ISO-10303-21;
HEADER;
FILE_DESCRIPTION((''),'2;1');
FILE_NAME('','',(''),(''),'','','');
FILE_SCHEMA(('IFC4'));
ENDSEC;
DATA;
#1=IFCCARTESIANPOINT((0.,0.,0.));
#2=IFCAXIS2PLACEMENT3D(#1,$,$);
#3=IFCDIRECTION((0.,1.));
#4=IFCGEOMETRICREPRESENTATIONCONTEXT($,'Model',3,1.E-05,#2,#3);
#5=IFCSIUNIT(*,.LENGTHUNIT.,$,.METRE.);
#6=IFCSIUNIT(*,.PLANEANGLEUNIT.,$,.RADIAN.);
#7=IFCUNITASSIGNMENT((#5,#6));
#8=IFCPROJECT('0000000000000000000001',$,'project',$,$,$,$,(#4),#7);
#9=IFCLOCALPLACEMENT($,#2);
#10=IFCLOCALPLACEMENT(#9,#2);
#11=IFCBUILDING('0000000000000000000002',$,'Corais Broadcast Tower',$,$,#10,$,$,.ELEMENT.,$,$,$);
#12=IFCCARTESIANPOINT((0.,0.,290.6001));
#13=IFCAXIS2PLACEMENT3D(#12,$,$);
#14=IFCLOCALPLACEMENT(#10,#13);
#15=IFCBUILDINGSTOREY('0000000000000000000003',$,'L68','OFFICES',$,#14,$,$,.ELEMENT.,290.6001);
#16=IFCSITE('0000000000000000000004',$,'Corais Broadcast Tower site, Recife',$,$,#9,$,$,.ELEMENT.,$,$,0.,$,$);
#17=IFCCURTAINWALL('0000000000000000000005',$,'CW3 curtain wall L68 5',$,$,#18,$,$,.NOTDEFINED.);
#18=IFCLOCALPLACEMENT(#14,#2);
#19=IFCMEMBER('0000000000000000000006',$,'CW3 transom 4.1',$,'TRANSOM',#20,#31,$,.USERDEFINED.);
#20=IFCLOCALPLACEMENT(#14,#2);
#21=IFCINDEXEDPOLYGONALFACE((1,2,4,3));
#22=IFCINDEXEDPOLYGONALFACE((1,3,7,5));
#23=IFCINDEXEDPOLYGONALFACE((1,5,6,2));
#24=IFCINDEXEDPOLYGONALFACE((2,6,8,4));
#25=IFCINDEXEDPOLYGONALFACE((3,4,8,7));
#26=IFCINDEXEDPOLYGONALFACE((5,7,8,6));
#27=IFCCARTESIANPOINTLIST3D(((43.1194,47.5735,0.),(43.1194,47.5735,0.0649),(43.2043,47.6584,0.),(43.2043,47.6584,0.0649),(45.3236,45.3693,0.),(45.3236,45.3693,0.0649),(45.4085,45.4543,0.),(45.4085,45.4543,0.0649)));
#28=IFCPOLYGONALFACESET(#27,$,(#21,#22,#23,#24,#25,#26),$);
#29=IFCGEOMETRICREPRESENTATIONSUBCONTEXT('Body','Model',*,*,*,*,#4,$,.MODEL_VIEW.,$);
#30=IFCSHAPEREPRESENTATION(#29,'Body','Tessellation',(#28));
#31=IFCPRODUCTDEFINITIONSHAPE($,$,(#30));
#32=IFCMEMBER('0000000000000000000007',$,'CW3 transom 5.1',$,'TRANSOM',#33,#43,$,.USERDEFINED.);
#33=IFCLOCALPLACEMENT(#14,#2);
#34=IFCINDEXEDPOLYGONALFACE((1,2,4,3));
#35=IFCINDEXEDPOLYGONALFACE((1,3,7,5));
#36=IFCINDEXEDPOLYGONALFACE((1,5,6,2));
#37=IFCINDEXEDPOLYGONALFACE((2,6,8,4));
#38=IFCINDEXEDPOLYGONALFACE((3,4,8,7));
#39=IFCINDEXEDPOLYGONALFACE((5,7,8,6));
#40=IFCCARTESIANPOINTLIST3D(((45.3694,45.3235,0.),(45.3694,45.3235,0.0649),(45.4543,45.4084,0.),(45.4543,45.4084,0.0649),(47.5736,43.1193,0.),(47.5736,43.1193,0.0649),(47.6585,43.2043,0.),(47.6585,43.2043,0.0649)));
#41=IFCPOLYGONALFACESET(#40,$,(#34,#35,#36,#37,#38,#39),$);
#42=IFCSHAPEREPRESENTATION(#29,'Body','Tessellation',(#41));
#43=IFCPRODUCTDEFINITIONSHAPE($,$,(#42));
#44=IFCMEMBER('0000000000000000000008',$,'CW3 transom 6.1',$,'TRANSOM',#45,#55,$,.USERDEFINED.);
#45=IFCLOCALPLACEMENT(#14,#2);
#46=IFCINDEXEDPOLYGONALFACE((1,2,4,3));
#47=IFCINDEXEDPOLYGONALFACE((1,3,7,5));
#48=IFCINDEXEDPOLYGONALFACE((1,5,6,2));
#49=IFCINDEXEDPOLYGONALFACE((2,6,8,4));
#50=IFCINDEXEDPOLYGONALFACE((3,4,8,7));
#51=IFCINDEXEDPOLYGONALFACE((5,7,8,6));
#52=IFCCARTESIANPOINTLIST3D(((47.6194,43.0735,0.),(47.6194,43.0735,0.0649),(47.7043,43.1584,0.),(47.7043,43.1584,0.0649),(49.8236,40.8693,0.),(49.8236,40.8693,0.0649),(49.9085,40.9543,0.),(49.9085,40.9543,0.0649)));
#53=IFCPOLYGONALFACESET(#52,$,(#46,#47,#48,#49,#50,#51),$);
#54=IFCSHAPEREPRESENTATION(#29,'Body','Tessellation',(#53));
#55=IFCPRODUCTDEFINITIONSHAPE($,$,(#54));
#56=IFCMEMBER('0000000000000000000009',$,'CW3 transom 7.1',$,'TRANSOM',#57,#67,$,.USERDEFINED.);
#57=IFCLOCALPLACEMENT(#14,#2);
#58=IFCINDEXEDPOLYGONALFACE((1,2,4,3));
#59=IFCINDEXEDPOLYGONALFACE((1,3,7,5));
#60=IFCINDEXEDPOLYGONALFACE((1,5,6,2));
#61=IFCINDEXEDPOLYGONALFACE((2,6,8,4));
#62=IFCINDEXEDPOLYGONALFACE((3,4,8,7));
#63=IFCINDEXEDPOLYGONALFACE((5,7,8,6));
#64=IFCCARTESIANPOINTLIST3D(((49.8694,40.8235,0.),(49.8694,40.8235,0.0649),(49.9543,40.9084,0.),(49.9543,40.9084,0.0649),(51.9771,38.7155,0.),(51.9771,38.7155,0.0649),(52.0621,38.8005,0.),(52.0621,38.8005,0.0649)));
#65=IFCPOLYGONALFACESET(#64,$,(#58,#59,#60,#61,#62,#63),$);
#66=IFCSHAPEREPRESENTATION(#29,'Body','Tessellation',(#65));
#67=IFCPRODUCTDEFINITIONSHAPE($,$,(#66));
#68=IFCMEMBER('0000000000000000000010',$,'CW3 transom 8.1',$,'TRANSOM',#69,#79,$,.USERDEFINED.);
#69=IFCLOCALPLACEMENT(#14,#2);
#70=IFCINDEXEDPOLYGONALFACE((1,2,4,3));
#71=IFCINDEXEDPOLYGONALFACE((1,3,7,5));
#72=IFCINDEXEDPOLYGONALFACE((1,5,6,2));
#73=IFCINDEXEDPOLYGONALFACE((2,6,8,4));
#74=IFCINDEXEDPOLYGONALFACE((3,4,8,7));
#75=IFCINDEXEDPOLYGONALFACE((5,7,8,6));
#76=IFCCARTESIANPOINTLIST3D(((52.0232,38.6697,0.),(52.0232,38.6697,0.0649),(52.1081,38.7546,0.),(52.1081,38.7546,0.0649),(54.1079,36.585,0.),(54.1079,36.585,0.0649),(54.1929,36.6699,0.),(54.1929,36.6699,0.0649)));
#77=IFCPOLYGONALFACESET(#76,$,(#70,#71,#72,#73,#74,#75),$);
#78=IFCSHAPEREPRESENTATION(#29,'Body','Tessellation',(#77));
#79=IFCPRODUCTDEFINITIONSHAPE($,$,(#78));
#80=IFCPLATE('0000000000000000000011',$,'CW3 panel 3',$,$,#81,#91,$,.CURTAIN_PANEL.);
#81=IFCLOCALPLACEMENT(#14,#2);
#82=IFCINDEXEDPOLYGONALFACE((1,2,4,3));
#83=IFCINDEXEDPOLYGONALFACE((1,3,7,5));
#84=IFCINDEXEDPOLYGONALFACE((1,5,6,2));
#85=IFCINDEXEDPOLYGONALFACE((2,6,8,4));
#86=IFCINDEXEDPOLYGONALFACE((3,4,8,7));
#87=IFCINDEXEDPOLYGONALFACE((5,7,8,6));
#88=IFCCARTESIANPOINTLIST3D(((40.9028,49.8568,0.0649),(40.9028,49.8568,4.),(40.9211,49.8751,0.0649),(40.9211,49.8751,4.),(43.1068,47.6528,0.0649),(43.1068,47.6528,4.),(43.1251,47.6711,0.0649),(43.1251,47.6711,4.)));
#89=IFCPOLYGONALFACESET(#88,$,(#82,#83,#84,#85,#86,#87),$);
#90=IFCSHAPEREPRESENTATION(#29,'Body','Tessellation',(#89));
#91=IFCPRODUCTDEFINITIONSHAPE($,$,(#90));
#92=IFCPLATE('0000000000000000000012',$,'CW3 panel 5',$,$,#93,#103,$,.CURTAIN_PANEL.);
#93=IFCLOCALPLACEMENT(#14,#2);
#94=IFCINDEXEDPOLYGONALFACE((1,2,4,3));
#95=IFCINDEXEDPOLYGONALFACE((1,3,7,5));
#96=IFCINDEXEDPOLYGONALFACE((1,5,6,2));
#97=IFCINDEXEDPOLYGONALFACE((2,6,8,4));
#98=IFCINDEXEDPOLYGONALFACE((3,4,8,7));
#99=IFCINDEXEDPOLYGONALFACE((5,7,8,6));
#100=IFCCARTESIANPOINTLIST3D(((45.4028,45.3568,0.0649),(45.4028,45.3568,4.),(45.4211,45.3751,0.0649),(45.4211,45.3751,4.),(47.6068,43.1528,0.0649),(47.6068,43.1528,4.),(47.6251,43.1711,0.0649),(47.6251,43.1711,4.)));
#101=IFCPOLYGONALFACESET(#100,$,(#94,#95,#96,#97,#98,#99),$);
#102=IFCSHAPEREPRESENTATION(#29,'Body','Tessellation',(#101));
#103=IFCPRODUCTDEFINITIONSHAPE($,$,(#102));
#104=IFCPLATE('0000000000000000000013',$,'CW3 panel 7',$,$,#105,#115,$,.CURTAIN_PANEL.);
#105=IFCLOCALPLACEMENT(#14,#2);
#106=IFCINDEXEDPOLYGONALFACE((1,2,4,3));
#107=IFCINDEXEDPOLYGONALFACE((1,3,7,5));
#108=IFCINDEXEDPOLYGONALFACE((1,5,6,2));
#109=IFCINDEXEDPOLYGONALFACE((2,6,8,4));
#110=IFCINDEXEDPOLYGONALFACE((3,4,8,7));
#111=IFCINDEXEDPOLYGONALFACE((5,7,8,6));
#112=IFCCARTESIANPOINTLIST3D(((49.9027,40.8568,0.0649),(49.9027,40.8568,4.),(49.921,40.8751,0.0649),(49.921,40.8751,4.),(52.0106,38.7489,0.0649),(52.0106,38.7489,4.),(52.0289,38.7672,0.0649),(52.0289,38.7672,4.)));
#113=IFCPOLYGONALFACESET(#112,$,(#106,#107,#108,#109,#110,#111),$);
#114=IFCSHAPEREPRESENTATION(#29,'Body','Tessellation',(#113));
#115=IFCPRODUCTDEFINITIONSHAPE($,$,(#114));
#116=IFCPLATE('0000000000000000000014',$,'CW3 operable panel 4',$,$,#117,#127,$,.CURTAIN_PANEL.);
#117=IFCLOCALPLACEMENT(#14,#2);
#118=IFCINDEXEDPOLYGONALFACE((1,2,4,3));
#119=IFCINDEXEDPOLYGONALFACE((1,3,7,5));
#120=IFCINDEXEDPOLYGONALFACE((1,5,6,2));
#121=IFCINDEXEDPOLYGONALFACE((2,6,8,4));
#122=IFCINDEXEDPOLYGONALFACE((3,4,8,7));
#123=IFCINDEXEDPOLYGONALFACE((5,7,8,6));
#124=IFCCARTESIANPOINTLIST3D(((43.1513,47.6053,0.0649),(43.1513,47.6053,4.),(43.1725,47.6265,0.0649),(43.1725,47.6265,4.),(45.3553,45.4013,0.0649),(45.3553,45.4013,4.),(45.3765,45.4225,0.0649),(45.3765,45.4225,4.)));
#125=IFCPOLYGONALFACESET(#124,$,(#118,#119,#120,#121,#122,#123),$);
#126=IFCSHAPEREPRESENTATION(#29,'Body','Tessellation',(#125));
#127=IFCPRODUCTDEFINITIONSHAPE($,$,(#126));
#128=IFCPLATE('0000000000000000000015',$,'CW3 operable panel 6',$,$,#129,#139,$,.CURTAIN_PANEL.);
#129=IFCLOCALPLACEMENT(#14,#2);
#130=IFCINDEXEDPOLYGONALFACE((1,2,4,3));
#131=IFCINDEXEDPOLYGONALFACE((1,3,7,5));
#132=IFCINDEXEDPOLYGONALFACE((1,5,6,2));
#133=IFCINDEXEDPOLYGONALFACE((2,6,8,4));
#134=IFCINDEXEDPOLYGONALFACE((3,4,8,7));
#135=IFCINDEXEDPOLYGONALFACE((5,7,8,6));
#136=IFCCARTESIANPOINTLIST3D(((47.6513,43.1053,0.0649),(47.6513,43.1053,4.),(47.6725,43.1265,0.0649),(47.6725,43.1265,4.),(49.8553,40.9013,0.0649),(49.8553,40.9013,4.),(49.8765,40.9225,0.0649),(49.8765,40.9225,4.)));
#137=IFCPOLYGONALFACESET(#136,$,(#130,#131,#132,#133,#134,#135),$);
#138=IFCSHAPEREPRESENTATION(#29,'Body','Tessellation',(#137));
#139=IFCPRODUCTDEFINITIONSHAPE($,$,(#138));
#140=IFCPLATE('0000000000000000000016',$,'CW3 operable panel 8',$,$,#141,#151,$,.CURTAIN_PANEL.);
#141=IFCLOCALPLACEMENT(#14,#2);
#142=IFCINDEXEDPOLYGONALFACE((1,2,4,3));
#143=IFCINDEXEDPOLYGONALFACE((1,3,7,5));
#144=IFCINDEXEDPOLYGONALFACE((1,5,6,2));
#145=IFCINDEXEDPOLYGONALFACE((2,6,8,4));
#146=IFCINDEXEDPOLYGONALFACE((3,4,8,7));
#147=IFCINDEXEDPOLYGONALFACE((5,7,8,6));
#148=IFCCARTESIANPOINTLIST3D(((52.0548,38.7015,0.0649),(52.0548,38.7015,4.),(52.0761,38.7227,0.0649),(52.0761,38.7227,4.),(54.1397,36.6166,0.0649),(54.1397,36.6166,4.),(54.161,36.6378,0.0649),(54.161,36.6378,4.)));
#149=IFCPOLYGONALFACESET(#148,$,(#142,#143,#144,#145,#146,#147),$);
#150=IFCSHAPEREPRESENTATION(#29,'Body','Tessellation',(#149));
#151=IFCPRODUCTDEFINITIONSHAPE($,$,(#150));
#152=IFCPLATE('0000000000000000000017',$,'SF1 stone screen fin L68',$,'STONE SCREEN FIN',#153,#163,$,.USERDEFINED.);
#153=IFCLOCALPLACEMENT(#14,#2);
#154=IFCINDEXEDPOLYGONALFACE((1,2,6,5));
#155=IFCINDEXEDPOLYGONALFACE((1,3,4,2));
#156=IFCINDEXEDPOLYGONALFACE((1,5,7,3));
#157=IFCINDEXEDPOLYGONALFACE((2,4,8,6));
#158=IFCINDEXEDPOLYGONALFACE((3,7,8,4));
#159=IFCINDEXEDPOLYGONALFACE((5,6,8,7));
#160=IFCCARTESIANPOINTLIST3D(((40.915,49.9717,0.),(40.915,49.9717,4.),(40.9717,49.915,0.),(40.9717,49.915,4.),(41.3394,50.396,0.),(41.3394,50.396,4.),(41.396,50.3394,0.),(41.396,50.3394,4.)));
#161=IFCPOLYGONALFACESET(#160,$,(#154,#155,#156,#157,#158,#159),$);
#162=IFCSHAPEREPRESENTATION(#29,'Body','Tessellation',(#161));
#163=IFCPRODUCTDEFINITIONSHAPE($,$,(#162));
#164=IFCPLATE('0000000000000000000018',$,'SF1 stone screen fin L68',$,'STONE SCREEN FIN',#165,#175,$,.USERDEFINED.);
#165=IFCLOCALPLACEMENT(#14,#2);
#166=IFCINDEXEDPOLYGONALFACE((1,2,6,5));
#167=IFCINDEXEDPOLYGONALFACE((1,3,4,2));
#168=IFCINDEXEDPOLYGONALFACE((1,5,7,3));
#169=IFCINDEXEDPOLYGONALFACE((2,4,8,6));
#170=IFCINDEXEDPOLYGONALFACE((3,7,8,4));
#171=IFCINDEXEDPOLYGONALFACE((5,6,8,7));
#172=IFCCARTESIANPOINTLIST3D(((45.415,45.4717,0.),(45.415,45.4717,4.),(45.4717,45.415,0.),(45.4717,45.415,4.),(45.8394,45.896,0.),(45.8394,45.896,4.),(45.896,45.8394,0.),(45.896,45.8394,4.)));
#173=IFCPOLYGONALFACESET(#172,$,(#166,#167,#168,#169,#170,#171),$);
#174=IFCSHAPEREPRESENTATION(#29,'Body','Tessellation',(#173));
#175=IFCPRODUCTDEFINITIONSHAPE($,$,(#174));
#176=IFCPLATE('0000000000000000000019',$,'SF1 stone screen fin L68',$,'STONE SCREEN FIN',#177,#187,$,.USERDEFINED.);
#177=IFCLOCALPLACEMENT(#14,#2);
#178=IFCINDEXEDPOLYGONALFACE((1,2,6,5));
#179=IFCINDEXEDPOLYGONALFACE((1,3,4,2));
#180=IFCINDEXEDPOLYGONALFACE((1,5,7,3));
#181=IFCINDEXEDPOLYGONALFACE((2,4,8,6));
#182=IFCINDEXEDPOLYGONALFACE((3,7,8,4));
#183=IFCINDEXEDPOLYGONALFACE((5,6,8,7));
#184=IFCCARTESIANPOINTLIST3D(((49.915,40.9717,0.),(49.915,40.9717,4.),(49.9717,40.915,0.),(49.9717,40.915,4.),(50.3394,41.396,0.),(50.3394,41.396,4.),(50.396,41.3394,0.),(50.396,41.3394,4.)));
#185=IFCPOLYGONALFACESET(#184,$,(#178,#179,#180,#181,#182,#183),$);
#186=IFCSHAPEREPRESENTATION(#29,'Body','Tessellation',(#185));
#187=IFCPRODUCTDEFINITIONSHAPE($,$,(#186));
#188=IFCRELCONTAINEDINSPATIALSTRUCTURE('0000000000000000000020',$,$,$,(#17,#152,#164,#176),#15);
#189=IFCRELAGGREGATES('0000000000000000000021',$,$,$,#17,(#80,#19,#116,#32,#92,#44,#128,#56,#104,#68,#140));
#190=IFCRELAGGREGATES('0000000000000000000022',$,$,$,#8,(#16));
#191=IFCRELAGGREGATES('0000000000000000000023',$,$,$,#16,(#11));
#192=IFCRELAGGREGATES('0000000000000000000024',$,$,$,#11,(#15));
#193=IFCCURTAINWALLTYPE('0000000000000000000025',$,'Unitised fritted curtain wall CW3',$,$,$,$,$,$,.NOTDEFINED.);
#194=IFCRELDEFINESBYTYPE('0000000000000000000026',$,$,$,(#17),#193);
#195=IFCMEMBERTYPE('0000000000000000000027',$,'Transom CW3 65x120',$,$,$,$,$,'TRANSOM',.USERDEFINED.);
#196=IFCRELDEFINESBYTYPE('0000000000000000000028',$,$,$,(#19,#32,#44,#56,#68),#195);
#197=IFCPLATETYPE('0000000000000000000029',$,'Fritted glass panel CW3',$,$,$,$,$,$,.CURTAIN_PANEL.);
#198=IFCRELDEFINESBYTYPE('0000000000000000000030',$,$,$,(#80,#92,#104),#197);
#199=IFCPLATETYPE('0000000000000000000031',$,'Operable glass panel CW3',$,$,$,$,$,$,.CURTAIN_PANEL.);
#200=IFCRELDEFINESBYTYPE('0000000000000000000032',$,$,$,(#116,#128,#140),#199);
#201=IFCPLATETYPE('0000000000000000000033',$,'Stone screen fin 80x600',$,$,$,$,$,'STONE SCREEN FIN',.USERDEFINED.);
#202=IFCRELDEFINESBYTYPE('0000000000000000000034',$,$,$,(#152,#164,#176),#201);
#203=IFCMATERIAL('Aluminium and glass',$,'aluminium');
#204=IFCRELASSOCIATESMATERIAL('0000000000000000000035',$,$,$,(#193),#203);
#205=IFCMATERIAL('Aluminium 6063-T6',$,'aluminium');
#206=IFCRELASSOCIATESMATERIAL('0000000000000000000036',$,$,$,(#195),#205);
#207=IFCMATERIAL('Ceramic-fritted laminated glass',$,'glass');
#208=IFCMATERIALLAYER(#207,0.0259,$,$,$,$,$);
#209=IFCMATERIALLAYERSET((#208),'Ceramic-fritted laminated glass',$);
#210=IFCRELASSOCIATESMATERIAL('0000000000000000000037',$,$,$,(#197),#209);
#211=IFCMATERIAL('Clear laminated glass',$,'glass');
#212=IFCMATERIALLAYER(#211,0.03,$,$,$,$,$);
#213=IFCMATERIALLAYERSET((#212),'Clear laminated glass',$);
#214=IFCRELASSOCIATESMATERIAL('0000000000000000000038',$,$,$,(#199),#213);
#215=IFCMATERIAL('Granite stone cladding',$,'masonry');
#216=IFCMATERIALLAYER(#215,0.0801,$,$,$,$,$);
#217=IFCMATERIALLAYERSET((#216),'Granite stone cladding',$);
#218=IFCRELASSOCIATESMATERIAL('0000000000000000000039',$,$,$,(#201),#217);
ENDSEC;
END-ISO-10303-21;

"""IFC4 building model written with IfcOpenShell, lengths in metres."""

from ifc_helpers import new_model, si_unit, direction, frame, origin, origin_2d, place, context, subcontext, project, spatial, rectangle, extrude, material, layer, layer_set, material_profile, profile_set, type_object, element, aggregate, save


model = new_model("IFC4")

# Units and contexts
model_context = context("Model", 3, precision=1e-05, world=origin(), true_north=direction((0.0, 1.0)))
body_context = subcontext(model_context, "Body", "Model", "MODEL_VIEW")
ifc_project = project(units=[si_unit("LENGTHUNIT", "METRE"), si_unit("PLANEANGLEUNIT", "RADIAN")], contexts=[model_context])

# Site, building, storey
site_placement = place(None, origin())
site = spatial("IfcSite", under=ifc_project, at=site_placement, Name="Corais Broadcast Tower site, Recife", CompositionType="ELEMENT", RefElevation=0.0)
building_placement = place(site_placement, origin())
building = spatial("IfcBuilding", under=site, at=building_placement, Name="Corais Broadcast Tower", CompositionType="ELEMENT")
storey_placement = place(building_placement, frame((0.0, 0.0, 290.6001)))
storey = spatial("IfcBuildingStorey", under=building, at=storey_placement, Name="L68", Description="OFFICES", CompositionType="ELEMENT", Elevation=290.6001)

# Curtain wall
ifc_material_1 = material(Name="Aluminium and glass", Category="aluminium")
curtain_wall_type = type_object("IfcCurtainWallType", Name="Unitised fritted curtain wall CW3", PredefinedType="NOTDEFINED", material=ifc_material_1)
curtain_wall_placement = place(storey_placement, origin())
curtain_wall = element("IfcCurtainWall", 1, at=curtain_wall_placement, inside=storey, type_object=curtain_wall_type, Name="CW3 curtain wall L68 5", PredefinedType="NOTDEFINED")

# Members
ifc_material_2 = material(Name="Aluminium 6063-T6", Category="aluminium")
ifc_material_profile_1 = material_profile(ifc_material_2, rectangle(XDim=0.1201, YDim=0.0649, at=origin_2d()), Name="Transom CW3 65x120")
ifc_profile_set_1 = profile_set([ifc_material_profile_1], Name="Aluminium 6063-T6")
member_type_1 = type_object("IfcMemberType", Name="Transom CW3 65x120", ElementType="TRANSOM", PredefinedType="USERDEFINED", material=ifc_profile_set_1)
member_1_placement = place(storey_placement, frame((43.1619, 47.616, 0.0325), z_axis=(0.707107, -0.707107, 0.0), x_axis=(0.707107, 0.707107, 0.0)))
member_1 = element("IfcMember", 2, at=member_1_placement, type_object=member_type_1, Name="CW3 transom 4.1", ObjectType="TRANSOM", PredefinedType="USERDEFINED", context=body_context, shape_type="SweptSolid", body=[
    extrude(rectangle(XDim=0.1201, YDim=0.0649, at=origin_2d()), origin(), (0.0, 0.0, 1.0), 3.1172),
])
member_2_placement = place(storey_placement, frame((45.4119, 45.366, 0.0325), z_axis=(0.707107, -0.707107, 0.0), x_axis=(0.707107, 0.707107, 0.0)))
member_2 = element("IfcMember", 3, at=member_2_placement, type_object=member_type_1, Name="CW3 transom 5.1", ObjectType="TRANSOM", PredefinedType="USERDEFINED", context=body_context, shape_type="SweptSolid", body=[
    extrude(rectangle(XDim=0.1201, YDim=0.0649, at=origin_2d()), origin(), (0.0, 0.0, 1.0), 3.1172),
])
member_3_placement = place(storey_placement, frame((47.6619, 43.116, 0.0325), z_axis=(0.707107, -0.707107, 0.0), x_axis=(0.707107, 0.707107, 0.0)))
member_3 = element("IfcMember", 4, at=member_3_placement, type_object=member_type_1, Name="CW3 transom 6.1", ObjectType="TRANSOM", PredefinedType="USERDEFINED", context=body_context, shape_type="SweptSolid", body=[
    extrude(rectangle(XDim=0.1201, YDim=0.0649, at=origin_2d()), origin(), (0.0, 0.0, 1.0), 3.1172),
])
member_4_placement = place(storey_placement, frame((49.9119, 40.866, 0.0325), z_axis=(0.707066, -0.707148, 0.0), x_axis=(0.707148, 0.707066, 0.0)))
member_4 = element("IfcMember", 5, at=member_4_placement, type_object=member_type_1, Name="CW3 transom 7.1", ObjectType="TRANSOM", PredefinedType="USERDEFINED", context=body_context, shape_type="SweptSolid", body=[
    extrude(rectangle(XDim=0.1201, YDim=0.0649, at=origin_2d()), origin(), (0.0, 0.0, 1.0), 2.981),
])
member_5_placement = place(storey_placement, frame((52.0657, 38.7122, 0.0325), z_axis=(0.707107, -0.707107, 0.0), x_axis=(0.707107, 0.707107, 0.0)))
member_5 = element("IfcMember", 6, at=member_5_placement, type_object=member_type_1, Name="CW3 transom 8.1", ObjectType="TRANSOM", PredefinedType="USERDEFINED", context=body_context, shape_type="SweptSolid", body=[
    extrude(rectangle(XDim=0.1201, YDim=0.0649, at=origin_2d()), origin(), (0.0, 0.0, 1.0), 2.9482),
])

# Plates
ifc_material_3 = material(Name="Ceramic-fritted laminated glass", Category="glass")
ifc_layer_1 = layer(ifc_material_3, 0.0259)
ifc_layer_set_1 = layer_set([ifc_layer_1], Name="Ceramic-fritted laminated glass")
plate_type_1 = type_object("IfcPlateType", Name="Fritted glass panel CW3", PredefinedType="CURTAIN_PANEL", material=ifc_layer_set_1)
plate_1_placement = place(storey_placement, frame((42.0139, 48.7639, 0.0649), z_axis=(0.0, 0.0, 1.0), x_axis=(0.707107, -0.707107, 0.0)))
plate_1 = element("IfcPlate", 7, at=plate_1_placement, type_object=plate_type_1, Name="CW3 panel 3", PredefinedType="CURTAIN_PANEL", context=body_context, shape_type="SweptSolid", body=[
    extrude(rectangle(XDim=3.1169, YDim=0.0259, at=origin_2d()), origin(), (0.0, 0.0, 1.0), 3.9351),
])
plate_2_placement = place(storey_placement, frame((46.5139, 44.2639, 0.0649), z_axis=(0.0, 0.0, 1.0), x_axis=(0.707107, -0.707107, 0.0)))
plate_2 = element("IfcPlate", 8, at=plate_2_placement, type_object=plate_type_1, Name="CW3 panel 5", PredefinedType="CURTAIN_PANEL", context=body_context, shape_type="SweptSolid", body=[
    extrude(rectangle(XDim=3.1169, YDim=0.0259, at=origin_2d()), origin(), (0.0, 0.0, 1.0), 3.9351),
])
plate_3_placement = place(storey_placement, frame((50.9658, 39.812, 0.0649), z_axis=(0.0, 0.0, 1.0), x_axis=(0.707107, -0.707107, 0.0)))
plate_3 = element("IfcPlate", 9, at=plate_3_placement, type_object=plate_type_1, Name="CW3 panel 7", PredefinedType="CURTAIN_PANEL", context=body_context, shape_type="SweptSolid", body=[
    extrude(rectangle(XDim=2.981, YDim=0.0259, at=origin_2d()), origin(), (0.0, 0.0, 1.0), 3.9351),
])
ifc_material_4 = material(Name="Clear laminated glass", Category="glass")
ifc_layer_2 = layer(ifc_material_4, 0.03)
ifc_layer_set_2 = layer_set([ifc_layer_2], Name="Clear laminated glass")
plate_type_2 = type_object("IfcPlateType", Name="Operable glass panel CW3", PredefinedType="CURTAIN_PANEL", material=ifc_layer_set_2)
plate_4_placement = place(storey_placement, frame((44.2639, 46.5139, 0.0649), z_axis=(0.0, 0.0, 1.0), x_axis=(0.707107, -0.707107, 0.0)))
plate_4 = element("IfcPlate", 10, at=plate_4_placement, type_object=plate_type_2, Name="CW3 operable panel 4", PredefinedType="CURTAIN_PANEL", context=body_context, shape_type="SweptSolid", body=[
    extrude(rectangle(XDim=3.1169, YDim=0.03, at=origin_2d()), origin(), (0.0, 0.0, 1.0), 3.9351),
])
plate_5_placement = place(storey_placement, frame((48.7639, 42.0139, 0.0649), z_axis=(0.0, 0.0, 1.0), x_axis=(0.707107, -0.707107, 0.0)))
plate_5 = element("IfcPlate", 11, at=plate_5_placement, type_object=plate_type_2, Name="CW3 operable panel 6", PredefinedType="CURTAIN_PANEL", context=body_context, shape_type="SweptSolid", body=[
    extrude(rectangle(XDim=3.1169, YDim=0.03, at=origin_2d()), origin(), (0.0, 0.0, 1.0), 3.9351),
])
plate_6_placement = place(storey_placement, frame((53.1079, 37.6697, 0.0649), z_axis=(0.0, 0.0, 1.0), x_axis=(0.707107, -0.707107, 0.0)))
plate_6 = element("IfcPlate", 12, at=plate_6_placement, type_object=plate_type_2, Name="CW3 operable panel 8", PredefinedType="CURTAIN_PANEL", context=body_context, shape_type="SweptSolid", body=[
    extrude(rectangle(XDim=2.9485, YDim=0.03, at=origin_2d()), origin(), (0.0, 0.0, 1.0), 3.9351),
])
aggregate(curtain_wall, [plate_1, member_1, plate_4, member_2, plate_2, member_3, plate_5, member_4, plate_3, member_5, plate_6])

# Plates
ifc_material_5 = material(Name="Granite stone cladding", Category="masonry")
ifc_layer_3 = layer(ifc_material_5, 0.0801)
ifc_layer_set_3 = layer_set([ifc_layer_3], Name="Granite stone cladding")
plate_type_3 = type_object("IfcPlateType", Name="Stone screen fin 80x600", ElementType="STONE SCREEN FIN", PredefinedType="USERDEFINED", material=ifc_layer_set_3)
for number, where, z_axis, x_axis, name in (
    (13, (41.1555, 50.1555, 0.0), (0.0, 0.0, 1.0), (0.707107, -0.707107, 0.0), "SF1 stone screen fin L68"),
    (14, (45.6555, 45.6555, 0.0), (0.0, 0.0, 1.0), (0.707107, -0.707107, 0.0), "SF1 stone screen fin L68"),
    (15, (50.1555, 41.1555, 0.0), (0.0, 0.0, 1.0), (0.707107, -0.707107, 0.0), "SF1 stone screen fin L68"),
):
    element("IfcPlate", number, at=place(storey_placement, frame(where, z_axis=z_axis, x_axis=x_axis)), inside=storey, type_object=plate_type_3, Name=name, ObjectType="STONE SCREEN FIN", PredefinedType="USERDEFINED", context=body_context, shape_type="SweptSolid", body=[
        extrude(rectangle(XDim=0.0801, YDim=0.6001, at=origin_2d()), origin(), (0.0, 0.0, 1.0), 4.0),
    ])

save(model, "model.ifc")
